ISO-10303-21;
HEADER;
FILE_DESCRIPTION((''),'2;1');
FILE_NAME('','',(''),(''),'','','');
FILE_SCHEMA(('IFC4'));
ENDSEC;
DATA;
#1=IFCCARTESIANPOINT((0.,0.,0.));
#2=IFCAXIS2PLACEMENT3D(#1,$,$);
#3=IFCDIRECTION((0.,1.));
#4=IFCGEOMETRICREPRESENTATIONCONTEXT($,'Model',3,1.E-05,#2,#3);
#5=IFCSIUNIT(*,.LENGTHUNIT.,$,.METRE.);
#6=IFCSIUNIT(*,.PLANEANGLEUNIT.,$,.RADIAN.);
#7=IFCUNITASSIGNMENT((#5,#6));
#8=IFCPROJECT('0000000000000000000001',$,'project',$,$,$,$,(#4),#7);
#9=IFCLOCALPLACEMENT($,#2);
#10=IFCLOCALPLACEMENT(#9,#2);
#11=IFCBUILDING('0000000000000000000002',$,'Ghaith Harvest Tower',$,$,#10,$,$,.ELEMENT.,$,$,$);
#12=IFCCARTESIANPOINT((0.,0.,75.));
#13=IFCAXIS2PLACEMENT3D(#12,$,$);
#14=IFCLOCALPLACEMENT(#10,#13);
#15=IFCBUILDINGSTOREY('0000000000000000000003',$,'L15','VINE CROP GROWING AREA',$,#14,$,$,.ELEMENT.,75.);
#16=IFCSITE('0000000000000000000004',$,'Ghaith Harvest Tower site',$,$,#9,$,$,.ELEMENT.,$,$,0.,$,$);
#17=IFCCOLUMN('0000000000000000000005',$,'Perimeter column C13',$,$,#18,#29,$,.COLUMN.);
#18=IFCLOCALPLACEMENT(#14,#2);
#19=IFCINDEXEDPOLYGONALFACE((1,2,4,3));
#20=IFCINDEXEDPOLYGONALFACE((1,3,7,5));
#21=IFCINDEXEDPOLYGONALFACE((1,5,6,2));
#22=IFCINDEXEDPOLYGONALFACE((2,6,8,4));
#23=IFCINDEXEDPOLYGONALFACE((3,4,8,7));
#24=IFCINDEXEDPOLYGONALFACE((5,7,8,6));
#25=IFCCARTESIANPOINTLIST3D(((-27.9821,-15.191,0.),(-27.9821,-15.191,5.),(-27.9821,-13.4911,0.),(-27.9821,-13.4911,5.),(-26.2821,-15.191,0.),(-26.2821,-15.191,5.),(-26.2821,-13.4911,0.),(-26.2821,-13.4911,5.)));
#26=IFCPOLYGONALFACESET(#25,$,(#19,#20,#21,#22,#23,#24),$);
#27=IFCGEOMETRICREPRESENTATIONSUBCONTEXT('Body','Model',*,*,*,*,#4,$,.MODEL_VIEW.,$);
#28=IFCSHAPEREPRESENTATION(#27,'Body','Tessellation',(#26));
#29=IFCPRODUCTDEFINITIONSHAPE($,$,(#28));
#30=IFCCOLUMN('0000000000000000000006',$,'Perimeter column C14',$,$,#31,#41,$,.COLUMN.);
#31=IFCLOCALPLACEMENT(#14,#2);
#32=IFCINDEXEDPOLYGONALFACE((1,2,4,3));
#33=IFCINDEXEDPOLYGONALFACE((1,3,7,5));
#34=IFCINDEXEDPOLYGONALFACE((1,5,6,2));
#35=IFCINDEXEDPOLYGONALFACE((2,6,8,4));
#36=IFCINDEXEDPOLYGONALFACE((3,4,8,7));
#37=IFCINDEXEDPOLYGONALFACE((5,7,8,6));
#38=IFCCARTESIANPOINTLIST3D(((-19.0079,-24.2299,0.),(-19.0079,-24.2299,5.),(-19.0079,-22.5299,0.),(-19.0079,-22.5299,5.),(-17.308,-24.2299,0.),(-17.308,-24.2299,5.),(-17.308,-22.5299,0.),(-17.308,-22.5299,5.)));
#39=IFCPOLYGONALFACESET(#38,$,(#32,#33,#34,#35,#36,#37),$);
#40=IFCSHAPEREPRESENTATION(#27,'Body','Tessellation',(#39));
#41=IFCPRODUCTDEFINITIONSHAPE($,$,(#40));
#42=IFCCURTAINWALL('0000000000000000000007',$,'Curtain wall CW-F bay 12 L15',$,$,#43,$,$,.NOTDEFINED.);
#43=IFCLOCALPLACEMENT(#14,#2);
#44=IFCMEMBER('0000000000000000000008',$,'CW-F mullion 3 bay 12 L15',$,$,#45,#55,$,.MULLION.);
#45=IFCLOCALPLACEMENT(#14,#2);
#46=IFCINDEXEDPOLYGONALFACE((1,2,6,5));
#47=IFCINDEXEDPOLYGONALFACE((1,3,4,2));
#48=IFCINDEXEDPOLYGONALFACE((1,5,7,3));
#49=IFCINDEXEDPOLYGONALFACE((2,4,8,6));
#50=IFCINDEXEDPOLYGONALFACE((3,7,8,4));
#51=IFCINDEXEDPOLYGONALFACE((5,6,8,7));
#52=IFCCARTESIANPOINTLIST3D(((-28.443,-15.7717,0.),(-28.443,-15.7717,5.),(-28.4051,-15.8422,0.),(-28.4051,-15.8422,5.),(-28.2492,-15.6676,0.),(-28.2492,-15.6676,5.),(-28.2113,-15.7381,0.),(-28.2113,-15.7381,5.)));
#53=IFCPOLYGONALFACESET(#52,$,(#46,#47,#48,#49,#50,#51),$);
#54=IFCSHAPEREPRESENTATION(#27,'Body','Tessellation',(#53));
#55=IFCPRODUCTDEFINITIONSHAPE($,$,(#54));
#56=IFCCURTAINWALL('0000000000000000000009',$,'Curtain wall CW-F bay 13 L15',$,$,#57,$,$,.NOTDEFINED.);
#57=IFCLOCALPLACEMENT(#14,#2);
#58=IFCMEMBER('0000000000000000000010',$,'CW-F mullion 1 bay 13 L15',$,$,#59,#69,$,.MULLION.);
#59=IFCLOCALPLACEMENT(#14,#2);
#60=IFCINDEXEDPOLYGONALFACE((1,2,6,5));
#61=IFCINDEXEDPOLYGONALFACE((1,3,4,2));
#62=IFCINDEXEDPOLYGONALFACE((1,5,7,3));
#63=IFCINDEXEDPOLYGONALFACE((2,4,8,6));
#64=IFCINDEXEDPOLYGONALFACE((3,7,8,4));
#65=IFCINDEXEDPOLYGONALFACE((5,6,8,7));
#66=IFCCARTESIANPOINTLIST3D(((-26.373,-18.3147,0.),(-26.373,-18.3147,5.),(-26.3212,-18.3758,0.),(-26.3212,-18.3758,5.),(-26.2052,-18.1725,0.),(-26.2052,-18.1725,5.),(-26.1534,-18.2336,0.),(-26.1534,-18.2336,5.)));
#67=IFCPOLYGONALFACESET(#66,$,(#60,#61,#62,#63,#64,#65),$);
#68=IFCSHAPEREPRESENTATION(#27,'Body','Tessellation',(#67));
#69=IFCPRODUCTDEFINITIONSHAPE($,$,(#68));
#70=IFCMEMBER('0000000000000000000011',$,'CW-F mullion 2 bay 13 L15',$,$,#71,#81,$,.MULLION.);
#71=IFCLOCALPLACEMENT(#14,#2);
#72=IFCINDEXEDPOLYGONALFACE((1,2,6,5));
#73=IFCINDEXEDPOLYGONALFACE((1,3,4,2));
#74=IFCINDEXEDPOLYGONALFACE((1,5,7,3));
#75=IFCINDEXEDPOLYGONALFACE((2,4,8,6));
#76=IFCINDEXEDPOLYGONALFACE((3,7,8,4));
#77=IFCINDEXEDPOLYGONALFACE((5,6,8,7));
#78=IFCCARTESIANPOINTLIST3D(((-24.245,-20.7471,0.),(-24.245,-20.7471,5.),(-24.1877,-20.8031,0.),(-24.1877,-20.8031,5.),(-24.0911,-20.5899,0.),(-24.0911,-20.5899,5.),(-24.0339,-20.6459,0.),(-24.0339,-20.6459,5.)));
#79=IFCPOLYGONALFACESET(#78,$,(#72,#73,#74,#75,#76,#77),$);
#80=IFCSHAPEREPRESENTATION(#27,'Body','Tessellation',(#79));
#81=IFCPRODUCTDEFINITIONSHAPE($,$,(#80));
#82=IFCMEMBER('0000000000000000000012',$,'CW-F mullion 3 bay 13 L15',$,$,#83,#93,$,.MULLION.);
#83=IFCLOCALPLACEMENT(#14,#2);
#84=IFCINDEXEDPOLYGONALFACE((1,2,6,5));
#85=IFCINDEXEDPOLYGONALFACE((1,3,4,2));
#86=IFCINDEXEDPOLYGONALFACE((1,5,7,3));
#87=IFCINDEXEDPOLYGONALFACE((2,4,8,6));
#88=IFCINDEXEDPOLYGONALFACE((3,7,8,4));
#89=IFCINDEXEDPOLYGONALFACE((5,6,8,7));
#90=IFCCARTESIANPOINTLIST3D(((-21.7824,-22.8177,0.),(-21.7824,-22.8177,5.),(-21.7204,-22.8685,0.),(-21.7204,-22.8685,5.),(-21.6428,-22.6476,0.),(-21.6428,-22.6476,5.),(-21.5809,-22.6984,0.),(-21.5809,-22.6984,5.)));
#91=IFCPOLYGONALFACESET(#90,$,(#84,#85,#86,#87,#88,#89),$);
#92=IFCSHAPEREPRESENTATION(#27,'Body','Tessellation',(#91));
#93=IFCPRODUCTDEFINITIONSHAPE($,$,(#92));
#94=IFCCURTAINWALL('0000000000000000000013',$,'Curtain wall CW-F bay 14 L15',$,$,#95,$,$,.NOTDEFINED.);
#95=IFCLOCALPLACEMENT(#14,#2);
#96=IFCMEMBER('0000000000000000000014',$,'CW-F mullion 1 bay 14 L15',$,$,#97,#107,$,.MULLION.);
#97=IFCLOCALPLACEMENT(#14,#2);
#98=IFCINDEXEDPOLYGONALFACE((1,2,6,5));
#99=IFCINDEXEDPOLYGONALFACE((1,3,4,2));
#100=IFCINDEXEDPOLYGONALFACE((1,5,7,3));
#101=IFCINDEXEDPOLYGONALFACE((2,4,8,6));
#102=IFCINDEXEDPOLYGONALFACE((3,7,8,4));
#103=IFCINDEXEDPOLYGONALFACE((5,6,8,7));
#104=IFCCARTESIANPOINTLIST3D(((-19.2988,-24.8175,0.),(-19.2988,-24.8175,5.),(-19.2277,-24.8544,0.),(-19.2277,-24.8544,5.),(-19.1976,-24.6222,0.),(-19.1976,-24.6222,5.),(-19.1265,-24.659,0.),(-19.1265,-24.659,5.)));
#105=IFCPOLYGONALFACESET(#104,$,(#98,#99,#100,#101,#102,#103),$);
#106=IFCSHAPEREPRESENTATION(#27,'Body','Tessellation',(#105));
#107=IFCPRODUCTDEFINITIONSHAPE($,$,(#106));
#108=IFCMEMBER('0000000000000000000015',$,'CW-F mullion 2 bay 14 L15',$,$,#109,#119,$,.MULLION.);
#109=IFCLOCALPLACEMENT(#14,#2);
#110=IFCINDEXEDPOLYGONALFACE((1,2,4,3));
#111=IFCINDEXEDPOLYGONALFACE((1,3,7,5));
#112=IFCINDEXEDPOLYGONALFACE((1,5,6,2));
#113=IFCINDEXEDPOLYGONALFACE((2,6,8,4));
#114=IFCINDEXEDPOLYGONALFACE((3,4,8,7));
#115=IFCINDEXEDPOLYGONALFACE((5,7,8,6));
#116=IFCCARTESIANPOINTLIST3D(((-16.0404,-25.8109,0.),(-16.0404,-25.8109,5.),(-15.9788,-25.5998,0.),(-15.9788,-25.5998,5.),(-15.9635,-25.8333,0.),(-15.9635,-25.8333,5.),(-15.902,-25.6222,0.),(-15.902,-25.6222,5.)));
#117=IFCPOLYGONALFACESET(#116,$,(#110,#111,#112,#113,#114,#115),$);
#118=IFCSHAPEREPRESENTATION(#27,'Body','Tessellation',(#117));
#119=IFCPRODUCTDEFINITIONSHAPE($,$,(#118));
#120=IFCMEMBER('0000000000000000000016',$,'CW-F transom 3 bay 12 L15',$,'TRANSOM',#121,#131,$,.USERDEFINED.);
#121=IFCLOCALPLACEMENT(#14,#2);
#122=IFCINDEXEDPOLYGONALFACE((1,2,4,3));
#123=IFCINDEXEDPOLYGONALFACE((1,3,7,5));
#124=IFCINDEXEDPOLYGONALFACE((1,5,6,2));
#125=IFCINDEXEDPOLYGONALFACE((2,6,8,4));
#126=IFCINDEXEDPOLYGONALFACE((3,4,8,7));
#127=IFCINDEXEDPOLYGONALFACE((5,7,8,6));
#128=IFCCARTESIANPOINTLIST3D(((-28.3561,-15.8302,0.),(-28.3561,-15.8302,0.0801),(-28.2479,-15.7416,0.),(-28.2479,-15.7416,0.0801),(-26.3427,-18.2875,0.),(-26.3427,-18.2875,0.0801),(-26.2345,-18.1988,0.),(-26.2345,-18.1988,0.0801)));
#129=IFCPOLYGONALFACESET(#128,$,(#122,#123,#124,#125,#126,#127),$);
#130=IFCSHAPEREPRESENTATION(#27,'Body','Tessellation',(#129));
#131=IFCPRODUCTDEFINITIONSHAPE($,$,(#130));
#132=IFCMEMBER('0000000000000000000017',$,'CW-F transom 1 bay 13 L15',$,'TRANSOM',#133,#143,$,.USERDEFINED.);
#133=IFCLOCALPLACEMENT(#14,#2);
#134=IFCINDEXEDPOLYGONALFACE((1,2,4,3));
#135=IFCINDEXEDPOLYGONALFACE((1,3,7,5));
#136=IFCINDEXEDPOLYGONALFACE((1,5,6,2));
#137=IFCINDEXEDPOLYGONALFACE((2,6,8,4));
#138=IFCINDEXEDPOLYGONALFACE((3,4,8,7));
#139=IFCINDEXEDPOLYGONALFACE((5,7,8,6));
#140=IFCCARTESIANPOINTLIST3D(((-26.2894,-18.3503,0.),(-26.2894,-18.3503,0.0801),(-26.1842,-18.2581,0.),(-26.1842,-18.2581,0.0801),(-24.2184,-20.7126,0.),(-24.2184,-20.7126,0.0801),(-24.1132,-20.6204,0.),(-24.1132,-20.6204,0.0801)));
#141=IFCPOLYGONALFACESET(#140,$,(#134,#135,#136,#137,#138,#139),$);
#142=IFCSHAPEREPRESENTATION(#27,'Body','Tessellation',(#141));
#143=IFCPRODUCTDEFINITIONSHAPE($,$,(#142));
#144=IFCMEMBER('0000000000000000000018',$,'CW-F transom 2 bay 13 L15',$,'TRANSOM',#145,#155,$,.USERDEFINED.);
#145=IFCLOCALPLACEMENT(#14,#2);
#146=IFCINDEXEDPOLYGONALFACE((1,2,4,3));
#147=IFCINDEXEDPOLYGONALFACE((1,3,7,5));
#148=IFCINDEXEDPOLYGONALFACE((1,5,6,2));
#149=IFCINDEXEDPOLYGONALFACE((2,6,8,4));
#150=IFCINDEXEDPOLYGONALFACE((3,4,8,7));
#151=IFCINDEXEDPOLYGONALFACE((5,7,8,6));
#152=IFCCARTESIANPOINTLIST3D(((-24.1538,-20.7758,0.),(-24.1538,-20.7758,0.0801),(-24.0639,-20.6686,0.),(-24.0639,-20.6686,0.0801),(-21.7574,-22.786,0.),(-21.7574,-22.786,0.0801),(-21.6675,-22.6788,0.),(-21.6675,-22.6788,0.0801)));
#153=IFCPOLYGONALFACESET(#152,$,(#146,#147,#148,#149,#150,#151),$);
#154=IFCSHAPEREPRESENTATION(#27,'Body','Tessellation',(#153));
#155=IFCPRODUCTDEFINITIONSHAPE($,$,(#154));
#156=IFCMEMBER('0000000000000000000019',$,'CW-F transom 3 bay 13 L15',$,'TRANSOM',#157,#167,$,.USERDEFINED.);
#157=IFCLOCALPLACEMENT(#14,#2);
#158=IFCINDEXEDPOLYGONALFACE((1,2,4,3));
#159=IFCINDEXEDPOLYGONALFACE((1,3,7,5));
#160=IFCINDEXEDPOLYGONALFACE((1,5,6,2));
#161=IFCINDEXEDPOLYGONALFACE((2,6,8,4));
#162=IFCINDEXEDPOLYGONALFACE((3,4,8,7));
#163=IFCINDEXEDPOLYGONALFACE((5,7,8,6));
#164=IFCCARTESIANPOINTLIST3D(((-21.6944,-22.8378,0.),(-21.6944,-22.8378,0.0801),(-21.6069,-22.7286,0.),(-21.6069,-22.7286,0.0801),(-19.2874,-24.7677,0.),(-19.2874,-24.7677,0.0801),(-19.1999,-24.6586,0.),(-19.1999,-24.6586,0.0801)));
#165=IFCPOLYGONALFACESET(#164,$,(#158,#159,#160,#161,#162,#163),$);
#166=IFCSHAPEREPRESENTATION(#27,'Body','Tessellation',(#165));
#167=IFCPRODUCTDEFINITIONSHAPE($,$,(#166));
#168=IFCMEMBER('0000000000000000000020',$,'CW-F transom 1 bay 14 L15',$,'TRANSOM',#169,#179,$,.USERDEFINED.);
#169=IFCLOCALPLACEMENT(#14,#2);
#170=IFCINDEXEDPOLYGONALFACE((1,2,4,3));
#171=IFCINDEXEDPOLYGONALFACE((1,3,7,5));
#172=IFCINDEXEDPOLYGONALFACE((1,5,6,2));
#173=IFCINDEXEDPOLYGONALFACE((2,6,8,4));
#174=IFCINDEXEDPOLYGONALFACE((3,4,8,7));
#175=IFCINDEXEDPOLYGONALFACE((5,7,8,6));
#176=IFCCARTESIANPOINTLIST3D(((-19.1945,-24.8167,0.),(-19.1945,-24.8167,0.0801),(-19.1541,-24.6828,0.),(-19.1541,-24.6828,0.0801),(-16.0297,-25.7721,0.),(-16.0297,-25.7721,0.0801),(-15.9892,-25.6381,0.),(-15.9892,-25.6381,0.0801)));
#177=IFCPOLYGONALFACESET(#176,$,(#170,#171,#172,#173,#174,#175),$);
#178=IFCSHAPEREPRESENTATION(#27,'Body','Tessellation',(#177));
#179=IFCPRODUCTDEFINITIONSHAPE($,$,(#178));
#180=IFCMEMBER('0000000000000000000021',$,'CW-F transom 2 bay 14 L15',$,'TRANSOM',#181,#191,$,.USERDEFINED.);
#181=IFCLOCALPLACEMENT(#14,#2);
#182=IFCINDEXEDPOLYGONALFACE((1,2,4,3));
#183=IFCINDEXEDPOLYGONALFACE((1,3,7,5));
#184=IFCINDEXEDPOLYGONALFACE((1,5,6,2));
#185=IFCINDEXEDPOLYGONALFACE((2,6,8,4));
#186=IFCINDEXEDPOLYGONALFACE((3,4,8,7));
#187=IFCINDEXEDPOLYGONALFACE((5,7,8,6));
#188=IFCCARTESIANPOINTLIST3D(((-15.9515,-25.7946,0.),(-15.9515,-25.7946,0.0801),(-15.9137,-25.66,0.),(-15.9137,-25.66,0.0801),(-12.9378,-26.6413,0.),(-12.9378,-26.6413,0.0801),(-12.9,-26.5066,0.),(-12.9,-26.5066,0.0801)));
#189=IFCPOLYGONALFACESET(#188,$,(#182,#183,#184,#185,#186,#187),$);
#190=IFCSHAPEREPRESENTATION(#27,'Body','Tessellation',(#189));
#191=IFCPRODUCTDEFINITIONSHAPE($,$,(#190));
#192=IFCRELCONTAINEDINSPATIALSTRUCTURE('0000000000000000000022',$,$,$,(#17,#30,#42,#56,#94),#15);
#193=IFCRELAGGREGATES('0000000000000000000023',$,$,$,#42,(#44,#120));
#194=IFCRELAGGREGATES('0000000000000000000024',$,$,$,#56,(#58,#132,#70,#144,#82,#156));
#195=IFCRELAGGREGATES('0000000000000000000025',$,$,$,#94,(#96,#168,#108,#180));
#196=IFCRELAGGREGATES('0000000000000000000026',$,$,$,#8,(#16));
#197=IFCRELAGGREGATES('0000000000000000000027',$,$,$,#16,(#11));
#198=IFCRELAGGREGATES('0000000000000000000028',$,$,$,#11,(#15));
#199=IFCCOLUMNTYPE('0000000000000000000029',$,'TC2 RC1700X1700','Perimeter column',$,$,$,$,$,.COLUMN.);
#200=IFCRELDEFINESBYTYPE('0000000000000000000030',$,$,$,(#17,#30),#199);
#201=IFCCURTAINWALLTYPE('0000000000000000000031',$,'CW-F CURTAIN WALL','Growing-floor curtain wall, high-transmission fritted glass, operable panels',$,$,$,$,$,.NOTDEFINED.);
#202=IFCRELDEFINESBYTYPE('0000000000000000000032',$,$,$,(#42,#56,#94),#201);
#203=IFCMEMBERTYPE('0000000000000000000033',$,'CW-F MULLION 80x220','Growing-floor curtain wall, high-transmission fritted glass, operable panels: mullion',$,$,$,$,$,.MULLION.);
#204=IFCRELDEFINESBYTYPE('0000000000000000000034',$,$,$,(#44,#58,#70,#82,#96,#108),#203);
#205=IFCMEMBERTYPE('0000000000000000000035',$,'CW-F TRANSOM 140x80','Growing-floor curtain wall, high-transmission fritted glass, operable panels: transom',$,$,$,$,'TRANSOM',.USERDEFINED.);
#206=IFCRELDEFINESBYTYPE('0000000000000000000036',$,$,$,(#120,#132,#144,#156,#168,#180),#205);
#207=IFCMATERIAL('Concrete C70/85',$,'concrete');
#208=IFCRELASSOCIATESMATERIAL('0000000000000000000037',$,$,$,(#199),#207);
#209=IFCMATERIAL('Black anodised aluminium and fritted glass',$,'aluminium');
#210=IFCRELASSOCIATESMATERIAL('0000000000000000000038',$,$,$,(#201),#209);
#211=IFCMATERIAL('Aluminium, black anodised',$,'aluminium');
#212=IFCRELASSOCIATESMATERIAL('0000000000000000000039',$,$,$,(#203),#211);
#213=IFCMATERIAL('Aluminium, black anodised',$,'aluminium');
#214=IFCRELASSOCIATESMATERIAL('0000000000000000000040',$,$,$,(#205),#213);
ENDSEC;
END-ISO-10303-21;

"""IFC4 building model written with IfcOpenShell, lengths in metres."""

from ifc_helpers import new_model, si_unit, direction, frame, origin, origin_2d, place, context, subcontext, project, spatial, rectangle, extrude, material, material_profile, profile_set, type_object, element, aggregate, save


model = new_model("IFC4")

# Units and contexts
model_context = context("Model", 3, precision=1e-05, world=origin(), true_north=direction((0.0, 1.0)))
body_context = subcontext(model_context, "Body", "Model", "MODEL_VIEW")
ifc_project = project(units=[si_unit("LENGTHUNIT", "METRE"), si_unit("PLANEANGLEUNIT", "RADIAN")], contexts=[model_context])

# Site, building, storey
site_placement = place(None, origin())
site = spatial("IfcSite", under=ifc_project, at=site_placement, Name="Ghaith Harvest Tower site", CompositionType="ELEMENT", RefElevation=0.0)
building_placement = place(site_placement, origin())
building = spatial("IfcBuilding", under=site, at=building_placement, Name="Ghaith Harvest Tower", CompositionType="ELEMENT")
storey_placement = place(building_placement, frame((0.0, 0.0, 75.0)))
storey = spatial("IfcBuildingStorey", under=building, at=storey_placement, Name="L15", Description="VINE CROP GROWING AREA", CompositionType="ELEMENT", Elevation=75.0)

# Columns
ifc_material_1 = material(Name="Concrete C70/85", Category="concrete")
ifc_material_profile_1 = material_profile(ifc_material_1, rectangle(XDim=1.7, YDim=1.7, at=origin_2d()), Name="RC1700X1700")
ifc_profile_set_1 = profile_set([ifc_material_profile_1], Name="Concrete C70/85")
column_type = type_object("IfcColumnType", Name="TC2 RC1700X1700", Description="Perimeter column", PredefinedType="COLUMN", material=ifc_profile_set_1)
for number, where, z_axis, x_axis, name in (
    (1, (-27.1321, -14.3411, 0.0), (0.0, 0.0, 1.0), (1.0, 0.0, 0.0), "Perimeter column C13"),
    (2, (-18.158, -23.3799, 0.0), (0.0, 0.0, 1.0), (1.0, 0.0, 0.0), "Perimeter column C14"),
):
    element("IfcColumn", number, at=place(storey_placement, frame(where, z_axis=z_axis, x_axis=x_axis)), inside=storey, type_object=column_type, Name=name, PredefinedType="COLUMN", context=body_context, shape_type="SweptSolid", body=[
        extrude(rectangle(XDim=1.7, YDim=1.7, at=origin_2d()), origin(), (0.0, 0.0, 1.0), 5.0),
    ])

# Curtain wall, member
ifc_material_2 = material(Name="Black anodised aluminium and fritted glass", Category="aluminium")
curtain_wall_type = type_object("IfcCurtainWallType", Name="CW-F CURTAIN WALL", Description="Growing-floor curtain wall, high-transmission fritted glass, operable panels", PredefinedType="NOTDEFINED", material=ifc_material_2)
curtain_wall_1_placement = place(storey_placement, origin())
curtain_wall_1 = element("IfcCurtainWall", 3, at=curtain_wall_1_placement, inside=storey, type_object=curtain_wall_type, Name="Curtain wall CW-F bay 12 L15", PredefinedType="NOTDEFINED")
ifc_material_3 = material(Name="Aluminium, black anodised", Category="aluminium")
ifc_material_profile_2 = material_profile(ifc_material_3, rectangle(XDim=0.0801, YDim=0.22, at=origin_2d()), Name="CW-F MULLION 80x220")
ifc_profile_set_2 = profile_set([ifc_material_profile_2], Name="Aluminium, black anodised")
member_type_1 = type_object("IfcMemberType", Name="CW-F MULLION 80x220", Description="Growing-floor curtain wall, high-transmission fritted glass, operable panels: mullion", PredefinedType="MULLION", material=ifc_profile_set_2)
member_1_placement = place(storey_placement, frame((-28.3271, -15.7549, 0.0), z_axis=(0.0, 0.0, 1.0), x_axis=(0.473265, -0.88092, 0.0)))
member_1 = element("IfcMember", 4, at=member_1_placement, type_object=member_type_1, Name="CW-F mullion 3 bay 12 L15", PredefinedType="MULLION", context=body_context, shape_type="SweptSolid", body=[
    extrude(rectangle(XDim=0.0801, YDim=0.22, at=origin_2d()), origin(), (0.0, 0.0, 1.0), 5.0),
])

# Curtain walls, members
curtain_wall_2_placement = place(storey_placement, origin())
curtain_wall_2 = element("IfcCurtainWall", 5, at=curtain_wall_2_placement, inside=storey, type_object=curtain_wall_type, Name="Curtain wall CW-F bay 13 L15", PredefinedType="NOTDEFINED")
member_2_placement = place(storey_placement, frame((-26.2632, -18.2742, 0.0), z_axis=(0.0, 0.0, 1.0), x_axis=(0.646524, -0.762894, 0.0)))
member_2 = element("IfcMember", 6, at=member_2_placement, type_object=member_type_1, Name="CW-F mullion 1 bay 13 L15", PredefinedType="MULLION", context=body_context, shape_type="SweptSolid", body=[
    extrude(rectangle(XDim=0.0801, YDim=0.22, at=origin_2d()), origin(), (0.0, 0.0, 1.0), 5.0),
])
member_3_placement = place(storey_placement, frame((-24.1394, -20.6965, 0.0), z_axis=(0.0, 0.0, 1.0), x_axis=(0.714663, -0.699469, 0.0)))
member_3 = element("IfcMember", 7, at=member_3_placement, type_object=member_type_1, Name="CW-F mullion 2 bay 13 L15", PredefinedType="MULLION", context=body_context, shape_type="SweptSolid", body=[
    extrude(rectangle(XDim=0.0801, YDim=0.22, at=origin_2d()), origin(), (0.0, 0.0, 1.0), 5.0),
])
member_4_placement = place(storey_placement, frame((-21.6816, -22.7581, 0.0), z_axis=(0.0, 0.0, 1.0), x_axis=(0.773139, -0.634237, 0.0)))
member_4 = element("IfcMember", 8, at=member_4_placement, type_object=member_type_1, Name="CW-F mullion 3 bay 13 L15", PredefinedType="MULLION", context=body_context, shape_type="SweptSolid", body=[
    extrude(rectangle(XDim=0.0801, YDim=0.22, at=origin_2d()), origin(), (0.0, 0.0, 1.0), 5.0),
])
curtain_wall_3_placement = place(storey_placement, origin())
curtain_wall_3 = element("IfcCurtainWall", 9, at=curtain_wall_3_placement, inside=storey, type_object=curtain_wall_type, Name="Curtain wall CW-F bay 14 L15", PredefinedType="NOTDEFINED")
member_5_placement = place(storey_placement, frame((-19.2126, -24.7383, 0.0), z_axis=(0.0, 0.0, 1.0), x_axis=(0.887912, -0.460013, 0.0)))
member_5 = element("IfcMember", 10, at=member_5_placement, type_object=member_type_1, Name="CW-F mullion 1 bay 14 L15", PredefinedType="MULLION", context=body_context, shape_type="SweptSolid", body=[
    extrude(rectangle(XDim=0.0801, YDim=0.22, at=origin_2d()), origin(), (0.0, 0.0, 1.0), 5.0),
])
member_6_placement = place(storey_placement, frame((-15.9712, -25.7166, 0.0), z_axis=(0.0, 0.0, 1.0), x_axis=(0.960009, -0.27997, 0.0)))
member_6 = element("IfcMember", 11, at=member_6_placement, type_object=member_type_1, Name="CW-F mullion 2 bay 14 L15", PredefinedType="MULLION", context=body_context, shape_type="SweptSolid", body=[
    extrude(rectangle(XDim=0.0801, YDim=0.22, at=origin_2d()), origin(), (0.0, 0.0, 1.0), 5.0),
])

# Members
ifc_material_4 = material(Name="Aluminium, black anodised", Category="aluminium")
ifc_material_profile_3 = material_profile(ifc_material_4, rectangle(XDim=0.1399, YDim=0.0801, at=origin_2d()), Name="CW-F TRANSOM 140x80")
ifc_profile_set_3 = profile_set([ifc_material_profile_3], Name="Aluminium, black anodised")
member_type_2 = type_object("IfcMemberType", Name="CW-F TRANSOM 140x80", Description="Growing-floor curtain wall, high-transmission fritted glass, operable panels: transom", ElementType="TRANSOM", PredefinedType="USERDEFINED", material=ifc_profile_set_3)
member_7_placement = place(storey_placement, frame((-28.302, -15.7859, 0.04), z_axis=(0.63379, -0.773505, 0.0), x_axis=(0.773505, 0.63379, 0.0)))
member_7 = element("IfcMember", 12, at=member_7_placement, type_object=member_type_2, Name="CW-F transom 3 bay 12 L15", ObjectType="TRANSOM", PredefinedType="USERDEFINED", context=body_context, shape_type="SweptSolid", body=[
    extrude(rectangle(XDim=0.1399, YDim=0.0801, at=origin_2d()), origin(), (0.0, 0.0, 1.0), 3.1768),
])
member_8_placement = place(storey_placement, frame((-26.2368, -18.3042, 0.04), z_axis=(0.659231, -0.751941, 0.0), x_axis=(0.751941, 0.659231, 0.0)))
member_8 = element("IfcMember", 13, at=member_8_placement, type_object=member_type_2, Name="CW-F transom 1 bay 13 L15", ObjectType="TRANSOM", PredefinedType="USERDEFINED", context=body_context, shape_type="SweptSolid", body=[
    extrude(rectangle(XDim=0.1399, YDim=0.0801, at=origin_2d()), origin(), (0.0, 0.0, 1.0), 3.1416),
])
member_9_placement = place(storey_placement, frame((-24.1089, -20.7222, 0.04), z_axis=(0.766144, -0.642668, 0.0), x_axis=(0.642668, 0.766144, 0.0)))
member_9 = element("IfcMember", 14, at=member_9_placement, type_object=member_type_2, Name="CW-F transom 2 bay 13 L15", ObjectType="TRANSOM", PredefinedType="USERDEFINED", context=body_context, shape_type="SweptSolid", body=[
    extrude(rectangle(XDim=0.1399, YDim=0.0801, at=origin_2d()), origin(), (0.0, 0.0, 1.0), 3.1279),
])
member_10_placement = place(storey_placement, frame((-21.6506, -22.7832, 0.04), z_axis=(0.780181, -0.625554, 0.0), x_axis=(0.625554, 0.780181, 0.0)))
member_10 = element("IfcMember", 15, at=member_10_placement, type_object=member_type_2, Name="CW-F transom 3 bay 13 L15", ObjectType="TRANSOM", PredefinedType="USERDEFINED", context=body_context, shape_type="SweptSolid", body=[
    extrude(rectangle(XDim=0.1399, YDim=0.0801, at=origin_2d()), origin(), (0.0, 0.0, 1.0), 3.0852),
])
member_11_placement = place(storey_placement, frame((-19.1743, -24.7498, 0.04), z_axis=(0.957335, -0.28898, 0.0), x_axis=(0.28898, 0.957335, 0.0)))
member_11 = element("IfcMember", 16, at=member_11_placement, type_object=member_type_2, Name="CW-F transom 1 bay 14 L15", ObjectType="TRANSOM", PredefinedType="USERDEFINED", context=body_context, shape_type="SweptSolid", body=[
    extrude(rectangle(XDim=0.1399, YDim=0.0801, at=origin_2d()), origin(), (0.0, 0.0, 1.0), 3.3059),
])
member_12_placement = place(storey_placement, frame((-15.9326, -25.7273, 0.04), z_axis=(0.962727, -0.270475, 0.0), x_axis=(0.270475, 0.962727, 0.0)))
member_12 = element("IfcMember", 17, at=member_12_placement, type_object=member_type_2, Name="CW-F transom 2 bay 14 L15", ObjectType="TRANSOM", PredefinedType="USERDEFINED", context=body_context, shape_type="SweptSolid", body=[
    extrude(rectangle(XDim=0.1399, YDim=0.0801, at=origin_2d()), origin(), (0.0, 0.0, 1.0), 3.1304),
])

aggregate(curtain_wall_1, [member_1, member_7])
aggregate(curtain_wall_2, [member_2, member_8, member_3, member_9, member_4, member_10])
aggregate(curtain_wall_3, [member_5, member_11, member_6, member_12])

save(model, "model.ifc")
